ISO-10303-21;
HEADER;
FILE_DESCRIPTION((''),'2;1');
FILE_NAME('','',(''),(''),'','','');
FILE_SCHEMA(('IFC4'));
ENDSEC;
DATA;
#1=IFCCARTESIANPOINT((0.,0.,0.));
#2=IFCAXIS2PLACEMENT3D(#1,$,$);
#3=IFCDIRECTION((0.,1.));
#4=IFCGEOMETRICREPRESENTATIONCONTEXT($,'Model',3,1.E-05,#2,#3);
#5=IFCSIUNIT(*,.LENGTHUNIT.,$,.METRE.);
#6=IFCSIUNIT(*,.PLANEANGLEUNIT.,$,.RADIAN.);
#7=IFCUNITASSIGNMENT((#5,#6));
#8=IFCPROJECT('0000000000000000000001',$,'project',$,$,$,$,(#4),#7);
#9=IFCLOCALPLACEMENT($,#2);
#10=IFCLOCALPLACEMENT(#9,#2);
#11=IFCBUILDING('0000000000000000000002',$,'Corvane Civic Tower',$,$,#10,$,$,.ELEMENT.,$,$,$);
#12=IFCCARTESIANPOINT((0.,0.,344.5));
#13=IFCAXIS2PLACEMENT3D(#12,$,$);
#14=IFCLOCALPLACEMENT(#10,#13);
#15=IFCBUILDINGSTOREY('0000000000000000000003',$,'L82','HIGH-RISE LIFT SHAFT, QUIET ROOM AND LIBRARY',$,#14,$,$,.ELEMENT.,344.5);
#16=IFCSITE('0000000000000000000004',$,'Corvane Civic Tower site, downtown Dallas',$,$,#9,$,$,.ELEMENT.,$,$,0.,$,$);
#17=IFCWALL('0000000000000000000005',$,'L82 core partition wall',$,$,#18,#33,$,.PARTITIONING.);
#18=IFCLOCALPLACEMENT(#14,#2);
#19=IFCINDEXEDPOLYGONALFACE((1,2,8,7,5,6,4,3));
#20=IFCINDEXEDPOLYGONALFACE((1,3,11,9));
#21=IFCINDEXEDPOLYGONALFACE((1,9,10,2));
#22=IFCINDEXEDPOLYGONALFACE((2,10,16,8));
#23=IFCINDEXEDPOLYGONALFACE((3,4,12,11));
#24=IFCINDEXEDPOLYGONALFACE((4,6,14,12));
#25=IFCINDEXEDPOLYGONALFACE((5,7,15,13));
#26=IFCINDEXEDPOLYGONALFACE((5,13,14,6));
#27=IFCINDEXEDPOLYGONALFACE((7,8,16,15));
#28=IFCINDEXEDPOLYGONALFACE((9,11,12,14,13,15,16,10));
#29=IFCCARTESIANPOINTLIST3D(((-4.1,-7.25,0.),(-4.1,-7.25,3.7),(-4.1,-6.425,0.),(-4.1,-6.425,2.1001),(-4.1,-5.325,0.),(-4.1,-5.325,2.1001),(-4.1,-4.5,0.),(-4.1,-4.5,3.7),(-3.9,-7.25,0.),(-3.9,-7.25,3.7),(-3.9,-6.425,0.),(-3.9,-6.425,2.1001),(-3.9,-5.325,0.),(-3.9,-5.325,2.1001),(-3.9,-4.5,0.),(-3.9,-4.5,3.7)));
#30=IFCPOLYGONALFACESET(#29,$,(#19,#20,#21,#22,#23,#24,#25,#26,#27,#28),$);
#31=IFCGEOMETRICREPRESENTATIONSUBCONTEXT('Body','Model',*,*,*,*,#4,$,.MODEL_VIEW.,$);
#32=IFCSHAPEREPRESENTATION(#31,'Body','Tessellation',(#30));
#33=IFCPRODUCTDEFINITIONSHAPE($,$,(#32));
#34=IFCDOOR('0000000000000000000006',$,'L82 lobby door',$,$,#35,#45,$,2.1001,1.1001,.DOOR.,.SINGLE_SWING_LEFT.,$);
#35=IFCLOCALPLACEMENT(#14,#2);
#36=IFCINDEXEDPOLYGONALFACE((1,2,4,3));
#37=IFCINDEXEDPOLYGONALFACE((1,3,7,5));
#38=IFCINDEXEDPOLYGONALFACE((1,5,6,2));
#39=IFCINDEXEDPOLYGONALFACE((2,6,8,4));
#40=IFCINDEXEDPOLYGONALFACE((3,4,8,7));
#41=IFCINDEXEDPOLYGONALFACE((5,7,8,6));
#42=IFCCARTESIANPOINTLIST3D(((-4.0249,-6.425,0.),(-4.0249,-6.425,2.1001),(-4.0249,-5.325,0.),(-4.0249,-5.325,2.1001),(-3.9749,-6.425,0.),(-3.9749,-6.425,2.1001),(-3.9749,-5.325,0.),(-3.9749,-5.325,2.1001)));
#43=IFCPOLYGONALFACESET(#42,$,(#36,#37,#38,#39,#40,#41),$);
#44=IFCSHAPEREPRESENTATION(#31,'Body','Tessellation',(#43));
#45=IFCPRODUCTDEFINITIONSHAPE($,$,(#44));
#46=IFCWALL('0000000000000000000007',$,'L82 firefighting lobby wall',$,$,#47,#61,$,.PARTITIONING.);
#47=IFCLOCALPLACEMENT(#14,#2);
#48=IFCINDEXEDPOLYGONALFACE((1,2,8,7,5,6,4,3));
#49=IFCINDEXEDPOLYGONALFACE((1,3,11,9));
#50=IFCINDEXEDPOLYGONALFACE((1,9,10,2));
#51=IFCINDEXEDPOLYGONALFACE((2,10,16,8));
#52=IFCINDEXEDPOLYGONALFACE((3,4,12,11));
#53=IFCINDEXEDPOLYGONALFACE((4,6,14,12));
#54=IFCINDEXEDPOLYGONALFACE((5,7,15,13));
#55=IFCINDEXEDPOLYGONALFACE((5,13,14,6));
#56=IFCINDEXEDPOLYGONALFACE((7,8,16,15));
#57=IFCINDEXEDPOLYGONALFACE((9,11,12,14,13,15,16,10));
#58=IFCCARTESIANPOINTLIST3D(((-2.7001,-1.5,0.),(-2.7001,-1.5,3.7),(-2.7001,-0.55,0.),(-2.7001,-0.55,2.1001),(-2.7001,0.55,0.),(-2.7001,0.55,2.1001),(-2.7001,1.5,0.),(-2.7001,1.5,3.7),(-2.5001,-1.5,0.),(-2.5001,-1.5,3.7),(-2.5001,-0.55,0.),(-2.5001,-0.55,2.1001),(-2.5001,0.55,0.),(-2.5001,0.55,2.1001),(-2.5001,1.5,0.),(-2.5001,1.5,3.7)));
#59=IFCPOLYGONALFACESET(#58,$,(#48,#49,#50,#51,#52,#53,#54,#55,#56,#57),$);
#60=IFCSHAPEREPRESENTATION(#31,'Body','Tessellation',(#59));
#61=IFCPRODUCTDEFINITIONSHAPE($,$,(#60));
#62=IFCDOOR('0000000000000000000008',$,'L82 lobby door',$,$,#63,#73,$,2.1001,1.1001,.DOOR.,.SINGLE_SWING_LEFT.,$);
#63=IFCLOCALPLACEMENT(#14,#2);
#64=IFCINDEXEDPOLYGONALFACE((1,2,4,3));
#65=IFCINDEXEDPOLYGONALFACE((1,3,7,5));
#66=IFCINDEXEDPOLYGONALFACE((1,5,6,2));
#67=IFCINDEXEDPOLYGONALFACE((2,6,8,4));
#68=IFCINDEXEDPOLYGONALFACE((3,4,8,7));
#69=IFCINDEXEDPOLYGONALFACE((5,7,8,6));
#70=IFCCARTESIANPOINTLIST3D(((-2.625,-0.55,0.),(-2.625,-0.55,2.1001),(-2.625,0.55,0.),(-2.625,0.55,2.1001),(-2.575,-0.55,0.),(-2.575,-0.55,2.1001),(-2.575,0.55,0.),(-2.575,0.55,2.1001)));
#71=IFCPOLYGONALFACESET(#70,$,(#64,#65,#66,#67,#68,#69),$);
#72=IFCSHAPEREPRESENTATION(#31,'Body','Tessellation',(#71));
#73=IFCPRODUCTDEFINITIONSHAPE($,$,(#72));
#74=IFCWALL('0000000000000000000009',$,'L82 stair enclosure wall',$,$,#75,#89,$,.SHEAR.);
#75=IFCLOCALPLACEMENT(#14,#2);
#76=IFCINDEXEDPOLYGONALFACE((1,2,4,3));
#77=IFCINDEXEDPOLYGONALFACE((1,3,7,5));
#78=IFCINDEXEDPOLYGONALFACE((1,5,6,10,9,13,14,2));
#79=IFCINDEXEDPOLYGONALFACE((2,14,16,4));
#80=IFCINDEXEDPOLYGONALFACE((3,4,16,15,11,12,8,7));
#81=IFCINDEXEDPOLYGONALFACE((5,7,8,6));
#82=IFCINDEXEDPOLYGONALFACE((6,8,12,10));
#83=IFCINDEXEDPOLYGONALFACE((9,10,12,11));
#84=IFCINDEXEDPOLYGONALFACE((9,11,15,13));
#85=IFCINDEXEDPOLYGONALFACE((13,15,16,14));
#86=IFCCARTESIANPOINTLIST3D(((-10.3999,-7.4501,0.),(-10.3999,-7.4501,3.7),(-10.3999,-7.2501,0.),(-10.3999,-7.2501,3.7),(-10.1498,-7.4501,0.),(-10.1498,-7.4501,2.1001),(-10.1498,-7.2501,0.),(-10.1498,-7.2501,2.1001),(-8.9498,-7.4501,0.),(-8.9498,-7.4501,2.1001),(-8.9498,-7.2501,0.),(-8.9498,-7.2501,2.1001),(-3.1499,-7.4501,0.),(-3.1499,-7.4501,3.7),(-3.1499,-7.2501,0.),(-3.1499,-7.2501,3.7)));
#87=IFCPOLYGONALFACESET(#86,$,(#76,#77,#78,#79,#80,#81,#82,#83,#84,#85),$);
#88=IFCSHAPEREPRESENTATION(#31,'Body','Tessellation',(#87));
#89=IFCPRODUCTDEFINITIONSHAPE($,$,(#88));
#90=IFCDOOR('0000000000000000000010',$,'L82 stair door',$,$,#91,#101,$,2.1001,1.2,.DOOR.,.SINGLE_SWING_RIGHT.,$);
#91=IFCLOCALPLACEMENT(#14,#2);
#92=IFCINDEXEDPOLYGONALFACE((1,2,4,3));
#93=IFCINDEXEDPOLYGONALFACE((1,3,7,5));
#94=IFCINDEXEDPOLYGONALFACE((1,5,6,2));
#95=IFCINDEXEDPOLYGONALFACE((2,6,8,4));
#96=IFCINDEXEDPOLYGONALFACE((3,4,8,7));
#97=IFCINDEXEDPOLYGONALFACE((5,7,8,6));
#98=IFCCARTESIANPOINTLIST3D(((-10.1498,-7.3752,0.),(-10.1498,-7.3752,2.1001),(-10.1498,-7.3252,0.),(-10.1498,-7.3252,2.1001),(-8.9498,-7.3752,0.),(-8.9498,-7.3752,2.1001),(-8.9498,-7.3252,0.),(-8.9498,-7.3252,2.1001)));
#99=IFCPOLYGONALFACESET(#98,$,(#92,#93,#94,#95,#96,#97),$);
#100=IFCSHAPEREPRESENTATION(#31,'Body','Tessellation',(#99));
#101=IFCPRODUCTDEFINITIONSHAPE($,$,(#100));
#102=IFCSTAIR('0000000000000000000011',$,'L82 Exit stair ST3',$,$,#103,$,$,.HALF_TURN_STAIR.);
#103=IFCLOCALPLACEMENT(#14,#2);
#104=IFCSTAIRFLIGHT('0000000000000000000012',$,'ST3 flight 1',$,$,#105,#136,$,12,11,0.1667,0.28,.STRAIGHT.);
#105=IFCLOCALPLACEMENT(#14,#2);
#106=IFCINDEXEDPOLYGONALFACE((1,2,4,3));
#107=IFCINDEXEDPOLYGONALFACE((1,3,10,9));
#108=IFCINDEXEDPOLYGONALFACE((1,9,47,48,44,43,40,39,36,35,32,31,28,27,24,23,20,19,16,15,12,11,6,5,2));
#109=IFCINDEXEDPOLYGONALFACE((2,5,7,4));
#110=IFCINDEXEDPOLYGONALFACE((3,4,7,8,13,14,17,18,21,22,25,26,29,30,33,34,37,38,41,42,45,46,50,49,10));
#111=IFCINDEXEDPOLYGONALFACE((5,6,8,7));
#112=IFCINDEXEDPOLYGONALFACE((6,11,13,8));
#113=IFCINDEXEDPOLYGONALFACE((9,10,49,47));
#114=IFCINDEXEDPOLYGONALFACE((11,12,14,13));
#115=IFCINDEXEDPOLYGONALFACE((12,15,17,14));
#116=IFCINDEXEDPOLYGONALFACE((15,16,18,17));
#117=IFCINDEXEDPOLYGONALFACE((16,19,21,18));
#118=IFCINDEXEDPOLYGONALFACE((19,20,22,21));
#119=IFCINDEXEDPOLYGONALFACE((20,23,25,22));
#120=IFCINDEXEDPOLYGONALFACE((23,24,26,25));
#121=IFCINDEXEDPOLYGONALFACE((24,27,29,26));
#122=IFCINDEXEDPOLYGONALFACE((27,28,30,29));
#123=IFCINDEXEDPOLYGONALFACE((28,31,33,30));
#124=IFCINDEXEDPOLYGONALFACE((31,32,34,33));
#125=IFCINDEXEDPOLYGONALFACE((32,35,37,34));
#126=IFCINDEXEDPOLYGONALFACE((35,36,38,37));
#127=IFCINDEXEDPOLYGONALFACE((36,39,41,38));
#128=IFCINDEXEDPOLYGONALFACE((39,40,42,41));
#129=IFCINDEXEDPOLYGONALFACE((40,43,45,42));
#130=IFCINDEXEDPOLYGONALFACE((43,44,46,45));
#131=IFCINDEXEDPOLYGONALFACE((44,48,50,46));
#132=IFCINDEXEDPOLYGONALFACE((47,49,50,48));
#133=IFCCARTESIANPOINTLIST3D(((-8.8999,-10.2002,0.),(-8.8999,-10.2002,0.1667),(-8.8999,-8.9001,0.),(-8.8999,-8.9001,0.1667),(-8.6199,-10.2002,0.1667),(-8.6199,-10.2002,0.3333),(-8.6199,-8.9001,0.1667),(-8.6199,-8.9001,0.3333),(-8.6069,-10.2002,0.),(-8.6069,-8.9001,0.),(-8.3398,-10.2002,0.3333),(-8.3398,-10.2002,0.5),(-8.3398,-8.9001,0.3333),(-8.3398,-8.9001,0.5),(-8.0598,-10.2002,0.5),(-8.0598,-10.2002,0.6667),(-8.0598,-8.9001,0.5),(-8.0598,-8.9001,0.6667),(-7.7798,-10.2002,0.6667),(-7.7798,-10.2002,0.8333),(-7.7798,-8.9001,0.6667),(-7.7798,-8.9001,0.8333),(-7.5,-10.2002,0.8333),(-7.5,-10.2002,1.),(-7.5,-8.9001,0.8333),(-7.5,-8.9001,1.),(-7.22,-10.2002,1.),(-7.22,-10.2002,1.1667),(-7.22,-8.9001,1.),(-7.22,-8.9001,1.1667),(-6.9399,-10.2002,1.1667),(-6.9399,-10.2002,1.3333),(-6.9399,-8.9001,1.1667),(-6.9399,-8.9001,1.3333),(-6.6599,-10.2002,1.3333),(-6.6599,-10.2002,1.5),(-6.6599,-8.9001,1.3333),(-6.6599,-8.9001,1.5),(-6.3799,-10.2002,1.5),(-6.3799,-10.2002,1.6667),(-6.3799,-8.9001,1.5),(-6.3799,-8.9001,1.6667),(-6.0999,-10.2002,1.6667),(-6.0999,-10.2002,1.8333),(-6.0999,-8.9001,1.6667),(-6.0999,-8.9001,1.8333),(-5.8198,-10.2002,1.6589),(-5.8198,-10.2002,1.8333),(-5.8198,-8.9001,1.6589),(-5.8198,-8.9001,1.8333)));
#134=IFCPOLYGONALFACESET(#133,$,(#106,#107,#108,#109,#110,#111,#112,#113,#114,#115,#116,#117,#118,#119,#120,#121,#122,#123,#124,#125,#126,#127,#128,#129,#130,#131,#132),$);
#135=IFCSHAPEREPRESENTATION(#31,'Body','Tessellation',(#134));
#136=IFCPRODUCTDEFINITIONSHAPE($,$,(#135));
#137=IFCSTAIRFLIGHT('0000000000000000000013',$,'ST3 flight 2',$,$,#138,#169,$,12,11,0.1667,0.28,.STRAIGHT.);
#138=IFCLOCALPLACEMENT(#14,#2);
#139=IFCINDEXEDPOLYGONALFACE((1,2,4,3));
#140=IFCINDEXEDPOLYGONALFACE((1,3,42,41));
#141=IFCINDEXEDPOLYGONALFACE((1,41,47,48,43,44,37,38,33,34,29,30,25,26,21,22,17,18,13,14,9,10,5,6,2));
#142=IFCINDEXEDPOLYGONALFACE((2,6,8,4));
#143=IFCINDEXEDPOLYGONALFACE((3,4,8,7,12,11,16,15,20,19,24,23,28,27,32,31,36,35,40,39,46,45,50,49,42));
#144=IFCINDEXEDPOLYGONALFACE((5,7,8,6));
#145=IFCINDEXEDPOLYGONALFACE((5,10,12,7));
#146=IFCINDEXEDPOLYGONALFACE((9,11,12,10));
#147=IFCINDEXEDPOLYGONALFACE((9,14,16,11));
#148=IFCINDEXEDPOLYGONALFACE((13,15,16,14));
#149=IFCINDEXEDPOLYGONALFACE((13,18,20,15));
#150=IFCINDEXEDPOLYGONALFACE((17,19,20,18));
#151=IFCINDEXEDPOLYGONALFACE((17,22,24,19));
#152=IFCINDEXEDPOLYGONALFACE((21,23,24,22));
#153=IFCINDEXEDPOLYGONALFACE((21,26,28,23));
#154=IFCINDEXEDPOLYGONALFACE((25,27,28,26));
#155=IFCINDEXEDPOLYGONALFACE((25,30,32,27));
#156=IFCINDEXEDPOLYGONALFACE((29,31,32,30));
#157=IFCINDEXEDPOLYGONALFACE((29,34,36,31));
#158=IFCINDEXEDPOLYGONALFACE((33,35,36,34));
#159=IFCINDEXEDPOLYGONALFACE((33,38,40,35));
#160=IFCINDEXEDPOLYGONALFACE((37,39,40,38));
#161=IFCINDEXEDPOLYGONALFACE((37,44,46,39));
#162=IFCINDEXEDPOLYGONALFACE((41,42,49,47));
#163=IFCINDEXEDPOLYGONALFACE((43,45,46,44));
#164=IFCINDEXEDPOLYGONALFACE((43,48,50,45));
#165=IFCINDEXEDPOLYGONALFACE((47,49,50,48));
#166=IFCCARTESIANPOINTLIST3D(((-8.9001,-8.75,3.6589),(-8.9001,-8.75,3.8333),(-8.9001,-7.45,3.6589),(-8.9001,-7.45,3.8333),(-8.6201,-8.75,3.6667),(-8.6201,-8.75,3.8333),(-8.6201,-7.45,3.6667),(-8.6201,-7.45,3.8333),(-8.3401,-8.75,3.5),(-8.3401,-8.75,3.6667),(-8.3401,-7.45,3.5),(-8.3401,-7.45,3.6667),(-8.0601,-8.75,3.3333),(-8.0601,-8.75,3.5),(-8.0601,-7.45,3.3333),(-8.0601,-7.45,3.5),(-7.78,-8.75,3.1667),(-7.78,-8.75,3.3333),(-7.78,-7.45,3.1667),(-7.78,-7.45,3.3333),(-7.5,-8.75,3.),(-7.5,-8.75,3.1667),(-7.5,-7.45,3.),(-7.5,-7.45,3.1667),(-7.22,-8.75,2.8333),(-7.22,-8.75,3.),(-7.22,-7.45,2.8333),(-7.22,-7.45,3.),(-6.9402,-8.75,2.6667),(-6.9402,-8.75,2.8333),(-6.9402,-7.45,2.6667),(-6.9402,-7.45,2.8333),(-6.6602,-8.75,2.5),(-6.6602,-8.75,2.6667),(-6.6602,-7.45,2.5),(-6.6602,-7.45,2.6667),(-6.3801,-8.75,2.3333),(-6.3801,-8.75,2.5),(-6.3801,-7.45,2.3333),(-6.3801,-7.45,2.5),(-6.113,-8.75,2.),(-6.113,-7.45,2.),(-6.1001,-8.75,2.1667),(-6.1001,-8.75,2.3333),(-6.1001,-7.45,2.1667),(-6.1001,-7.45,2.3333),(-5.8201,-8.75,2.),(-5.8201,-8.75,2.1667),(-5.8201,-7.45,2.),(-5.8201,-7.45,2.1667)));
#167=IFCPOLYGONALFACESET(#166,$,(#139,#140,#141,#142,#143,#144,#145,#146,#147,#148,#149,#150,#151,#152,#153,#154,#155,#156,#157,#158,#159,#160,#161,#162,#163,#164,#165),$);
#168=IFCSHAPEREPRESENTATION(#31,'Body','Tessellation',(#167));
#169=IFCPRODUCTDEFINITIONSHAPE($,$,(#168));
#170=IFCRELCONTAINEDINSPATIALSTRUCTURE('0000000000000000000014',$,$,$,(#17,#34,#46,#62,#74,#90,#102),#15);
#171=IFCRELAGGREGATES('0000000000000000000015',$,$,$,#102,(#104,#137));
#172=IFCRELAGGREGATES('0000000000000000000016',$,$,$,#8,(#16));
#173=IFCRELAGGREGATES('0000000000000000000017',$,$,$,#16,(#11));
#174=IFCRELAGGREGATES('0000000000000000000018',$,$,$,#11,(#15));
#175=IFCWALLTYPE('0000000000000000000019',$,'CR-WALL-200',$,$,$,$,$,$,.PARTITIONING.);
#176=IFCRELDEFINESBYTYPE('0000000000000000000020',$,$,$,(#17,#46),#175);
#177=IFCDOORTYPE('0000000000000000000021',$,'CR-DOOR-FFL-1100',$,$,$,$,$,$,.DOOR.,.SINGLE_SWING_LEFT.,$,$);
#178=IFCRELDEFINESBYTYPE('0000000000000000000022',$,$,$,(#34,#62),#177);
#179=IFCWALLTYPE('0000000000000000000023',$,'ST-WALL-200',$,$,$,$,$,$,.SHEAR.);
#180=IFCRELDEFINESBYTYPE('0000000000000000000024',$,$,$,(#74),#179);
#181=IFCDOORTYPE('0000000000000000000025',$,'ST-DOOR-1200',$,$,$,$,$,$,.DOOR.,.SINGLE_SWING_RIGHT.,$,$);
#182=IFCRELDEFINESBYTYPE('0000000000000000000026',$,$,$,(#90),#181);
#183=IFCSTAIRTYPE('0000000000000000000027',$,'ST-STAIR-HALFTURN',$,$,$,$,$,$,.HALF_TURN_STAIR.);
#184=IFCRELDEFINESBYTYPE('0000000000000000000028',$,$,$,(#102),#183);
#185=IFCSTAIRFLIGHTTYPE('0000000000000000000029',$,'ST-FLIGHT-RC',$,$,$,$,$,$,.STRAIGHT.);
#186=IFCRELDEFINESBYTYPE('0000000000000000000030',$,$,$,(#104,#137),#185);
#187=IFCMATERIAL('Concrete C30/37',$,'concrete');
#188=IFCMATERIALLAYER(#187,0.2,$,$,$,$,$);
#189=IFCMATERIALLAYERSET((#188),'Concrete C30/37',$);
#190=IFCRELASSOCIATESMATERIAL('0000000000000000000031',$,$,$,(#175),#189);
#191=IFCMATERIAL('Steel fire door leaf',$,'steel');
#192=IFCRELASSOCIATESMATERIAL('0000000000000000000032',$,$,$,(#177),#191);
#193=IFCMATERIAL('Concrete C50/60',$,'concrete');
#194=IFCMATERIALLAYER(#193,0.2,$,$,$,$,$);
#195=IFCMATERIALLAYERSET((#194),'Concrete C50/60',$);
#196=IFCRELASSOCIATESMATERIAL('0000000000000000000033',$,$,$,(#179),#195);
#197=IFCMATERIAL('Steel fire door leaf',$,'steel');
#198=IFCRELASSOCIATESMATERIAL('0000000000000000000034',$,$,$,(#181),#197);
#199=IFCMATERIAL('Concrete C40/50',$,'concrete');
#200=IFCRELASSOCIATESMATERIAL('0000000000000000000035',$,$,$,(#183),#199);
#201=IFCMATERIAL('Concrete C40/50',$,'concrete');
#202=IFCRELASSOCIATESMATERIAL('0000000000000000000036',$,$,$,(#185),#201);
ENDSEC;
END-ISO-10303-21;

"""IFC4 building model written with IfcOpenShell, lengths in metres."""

from ifc_helpers import new_model, si_unit, direction, frame, frame_2d, origin, place, context, subcontext, project, spatial, polyline, rectangle, outline, extrude, material, layer, layer_set, type_object, element, fill, aggregate, save


model = new_model("IFC4")

# Units and contexts
model_context = context("Model", 3, precision=1e-05, world=origin(), true_north=direction((0.0, 1.0)))
body_context = subcontext(model_context, "Body", "Model", "MODEL_VIEW")
ifc_project = project(units=[si_unit("LENGTHUNIT", "METRE"), si_unit("PLANEANGLEUNIT", "RADIAN")], contexts=[model_context])

# Site, building, storey
site_placement = place(None, origin())
site = spatial("IfcSite", under=ifc_project, at=site_placement, Name="Corvane Civic Tower site, downtown Dallas", CompositionType="ELEMENT", RefElevation=0.0)
building_placement = place(site_placement, origin())
building = spatial("IfcBuilding", under=site, at=building_placement, Name="Corvane Civic Tower", CompositionType="ELEMENT")
storey_placement = place(building_placement, frame((0.0, 0.0, 344.5)))
storey = spatial("IfcBuildingStorey", under=building, at=storey_placement, Name="L82", Description="HIGH-RISE LIFT SHAFT, QUIET ROOM AND LIBRARY", CompositionType="ELEMENT", Elevation=344.5)

# Shared definitions
ifc_material_1 = material(Name="Concrete C30/37", Category="concrete")
ifc_layer_1 = layer(ifc_material_1, 0.2)
ifc_layer_set_1 = layer_set([ifc_layer_1], Name="Concrete C30/37")
wall_type_1 = type_object("IfcWallType", Name="CR-WALL-200", PredefinedType="PARTITIONING", material=ifc_layer_set_1)

# Walls, openings, doors
wall_1_placement = place(storey_placement, frame((-4.0, -7.25, 0.0), z_axis=(0.0, 0.0, 1.0), x_axis=(0.0, 1.0, 0.0)))
wall_1 = element("IfcWall", 1, at=wall_1_placement, inside=storey, type_object=wall_type_1, Name="L82 core partition wall", PredefinedType="PARTITIONING", context=body_context, shape_type="SweptSolid", body=[
    extrude(rectangle(XDim=2.75, YDim=0.2, at=frame_2d((1.375, 0.0))), origin(), (0.0, 0.0, 1.0), 3.7),
])
opening_1_placement = place(wall_1_placement, frame((0.825, 0.0, 0.0)))
opening_1 = element("IfcOpeningElement", 2, at=opening_1_placement, cuts=wall_1, PredefinedType="OPENING", context=body_context, shape_type="SweptSolid", body=[
    extrude(rectangle(XDim=1.1001, YDim=2.1001, at=frame_2d((0.55, 1.05))), frame((0.0, 0.1099, 0.0), z_axis=(0.0, -1.0, 0.0), x_axis=(1.0, 0.0, 0.0)), (0.0, 0.0, 1.0), 0.22),
])
ifc_material_2 = material(Name="Steel fire door leaf", Category="steel")
door_type_1 = type_object("IfcDoorType", Name="CR-DOOR-FFL-1100", OperationType="SINGLE_SWING_LEFT", PredefinedType="DOOR", material=ifc_material_2)
door_1_placement = place(opening_1_placement, origin())
door_1 = element("IfcDoor", 3, at=door_1_placement, inside=storey, type_object=door_type_1, Name="L82 lobby door", OperationType="SINGLE_SWING_LEFT", OverallHeight=2.1001, OverallWidth=1.1001, PredefinedType="DOOR", context=body_context, shape_type="SweptSolid", body=[
    extrude(rectangle(XDim=1.1001, YDim=2.1001, at=frame_2d((0.55, 1.05))), frame((0.0, 0.0249, 0.0), z_axis=(0.0, -1.0, 0.0), x_axis=(1.0, 0.0, 0.0)), (0.0, 0.0, 1.0), 0.05),
])
fill(opening_1, door_1)
wall_2_placement = place(storey_placement, frame((-2.6001, -1.5, 0.0), z_axis=(0.0, 0.0, 1.0), x_axis=(0.0, 1.0, 0.0)))
wall_2 = element("IfcWall", 4, at=wall_2_placement, inside=storey, type_object=wall_type_1, Name="L82 firefighting lobby wall", PredefinedType="PARTITIONING", context=body_context, shape_type="SweptSolid", body=[
    extrude(rectangle(XDim=3.0, YDim=0.2, at=frame_2d((1.5, 0.0))), origin(), (0.0, 0.0, 1.0), 3.7),
])
opening_2_placement = place(wall_2_placement, frame((0.95, 0.0, 0.0)))
opening_2 = element("IfcOpeningElement", 5, at=opening_2_placement, cuts=wall_2, PredefinedType="OPENING", context=body_context, shape_type="SweptSolid", body=[
    extrude(rectangle(XDim=1.1001, YDim=2.1001, at=frame_2d((0.55, 1.05))), frame((0.0, 0.1099, 0.0), z_axis=(0.0, -1.0, 0.0), x_axis=(1.0, 0.0, 0.0)), (0.0, 0.0, 1.0), 0.22),
])
door_2_placement = place(opening_2_placement, origin())
door_2 = element("IfcDoor", 6, at=door_2_placement, inside=storey, type_object=door_type_1, Name="L82 lobby door", OperationType="SINGLE_SWING_LEFT", OverallHeight=2.1001, OverallWidth=1.1001, PredefinedType="DOOR", context=body_context, shape_type="SweptSolid", body=[
    extrude(rectangle(XDim=1.1001, YDim=2.1001, at=frame_2d((0.55, 1.05))), frame((0.0, 0.0249, 0.0), z_axis=(0.0, -1.0, 0.0), x_axis=(1.0, 0.0, 0.0)), (0.0, 0.0, 1.0), 0.05),
])
fill(opening_2, door_2)
ifc_material_3 = material(Name="Concrete C50/60", Category="concrete")
ifc_layer_2 = layer(ifc_material_3, 0.2)
ifc_layer_set_2 = layer_set([ifc_layer_2], Name="Concrete C50/60")
wall_type_2 = type_object("IfcWallType", Name="ST-WALL-200", PredefinedType="SHEAR", material=ifc_layer_set_2)
wall_3_placement = place(storey_placement, frame((-10.3999, -7.3501, 0.0), z_axis=(0.0, 0.0, 1.0), x_axis=(1.0, 0.0, 0.0)))
wall_3 = element("IfcWall", 7, at=wall_3_placement, inside=storey, type_object=wall_type_2, Name="L82 stair enclosure wall", PredefinedType="SHEAR", context=body_context, shape_type="SweptSolid", body=[
    extrude(rectangle(XDim=7.25, YDim=0.2, at=frame_2d((3.625, 0.0))), origin(), (0.0, 0.0, 1.0), 3.7),
])
opening_3_placement = place(wall_3_placement, frame((0.25, 0.0, 0.0)))
opening_3 = element("IfcOpeningElement", 8, at=opening_3_placement, cuts=wall_3, PredefinedType="OPENING", context=body_context, shape_type="SweptSolid", body=[
    extrude(rectangle(XDim=1.2, YDim=2.1001, at=frame_2d((0.6001, 1.05))), frame((0.0, 0.1099, 0.0), z_axis=(0.0, -1.0, 0.0), x_axis=(1.0, 0.0, 0.0)), (0.0, 0.0, 1.0), 0.22),
])
ifc_material_4 = material(Name="Steel fire door leaf", Category="steel")
door_type_2 = type_object("IfcDoorType", Name="ST-DOOR-1200", OperationType="SINGLE_SWING_RIGHT", PredefinedType="DOOR", material=ifc_material_4)
door_3_placement = place(opening_3_placement, origin())
door_3 = element("IfcDoor", 9, at=door_3_placement, inside=storey, type_object=door_type_2, Name="L82 stair door", OperationType="SINGLE_SWING_RIGHT", OverallHeight=2.1001, OverallWidth=1.2, PredefinedType="DOOR", context=body_context, shape_type="SweptSolid", body=[
    extrude(rectangle(XDim=1.2, YDim=2.1001, at=frame_2d((0.6001, 1.05))), frame((0.0, 0.0249, 0.0), z_axis=(0.0, -1.0, 0.0), x_axis=(1.0, 0.0, 0.0)), (0.0, 0.0, 1.0), 0.05),
])
fill(opening_3, door_3)

# Stair, stair flights
ifc_material_5 = material(Name="Concrete C40/50", Category="concrete")
stair_type = type_object("IfcStairType", Name="ST-STAIR-HALFTURN", PredefinedType="HALF_TURN_STAIR", material=ifc_material_5)
stair_placement = place(storey_placement, origin())
stair = element("IfcStair", 10, at=stair_placement, inside=storey, type_object=stair_type, Name="L82 Exit stair ST3", PredefinedType="HALF_TURN_STAIR")
ifc_material_6 = material(Name="Concrete C40/50", Category="concrete")
stair_flight_type = type_object("IfcStairFlightType", Name="ST-FLIGHT-RC", PredefinedType="STRAIGHT", material=ifc_material_6)
stair_flight_1_placement = place(storey_placement, frame((-8.8999, -9.55, 0.0), z_axis=(0.0, 0.0, 1.0), x_axis=(1.0, 0.0, 0.0)))
stair_flight_1 = element("IfcStairFlight", 11, at=stair_flight_1_placement, type_object=stair_flight_type, Name="ST3 flight 1", NumberOfRisers=12, NumberOfTreads=11, PredefinedType="STRAIGHT", RiserHeight=0.1667, TreadLength=0.28, context=body_context, shape_type="SweptSolid", body=[
    extrude(outline(polyline([(0.0, 0.0), (0.0, 0.1667), (0.28, 0.1667), (0.28, 0.3333), (0.5601, 0.3333), (0.5601, 0.5), (0.8401, 0.5), (0.8401, 0.6667), (1.1201, 0.6667), (1.1201, 0.8333), (1.3999, 0.8333), (1.3999, 1.0), (1.6799, 1.0), (1.6799, 1.1667), (1.96, 1.1667), (1.96, 1.3333), (2.24, 1.3333), (2.24, 1.5), (2.52, 1.5), (2.52, 1.6667), (2.8, 1.6667), (2.8, 1.8333), (3.0801, 1.8333), (3.0801, 2.0), (3.0801, 1.6589), (0.293, 0.0), (0.0, 0.0)])), frame((0.0, 0.6499, 0.0), z_axis=(0.0, -1.0, 0.0), x_axis=(1.0, 0.0, 0.0)), (0.0, 0.0, 1.0), 1.3),
])
stair_flight_2_placement = place(storey_placement, frame((-5.8201, -8.1001, 2.0), z_axis=(0.0, 0.0, 1.0), x_axis=(-1.0, 0.0, 0.0)))
stair_flight_2 = element("IfcStairFlight", 12, at=stair_flight_2_placement, type_object=stair_flight_type, Name="ST3 flight 2", NumberOfRisers=12, NumberOfTreads=11, PredefinedType="STRAIGHT", RiserHeight=0.1667, TreadLength=0.28, context=body_context, shape_type="SweptSolid", body=[
    extrude(outline(polyline([(0.0, 0.0), (0.0, 0.1667), (0.28, 0.1667), (0.28, 0.3333), (0.5601, 0.3333), (0.5601, 0.5), (0.8401, 0.5), (0.8401, 0.6667), (1.1201, 0.6667), (1.1201, 0.8333), (1.3999, 0.8333), (1.3999, 1.0), (1.6799, 1.0), (1.6799, 1.1667), (1.96, 1.1667), (1.96, 1.3333), (2.24, 1.3333), (2.24, 1.5), (2.52, 1.5), (2.52, 1.6667), (2.8, 1.6667), (2.8, 1.8333), (3.0801, 1.8333), (3.0801, 2.0), (3.0801, 1.6589), (0.293, 0.0), (0.0, 0.0)])), frame((0.0, 0.6499, 0.0), z_axis=(0.0, -1.0, 0.0), x_axis=(1.0, 0.0, 0.0)), (0.0, 0.0, 1.0), 1.3),
])
aggregate(stair, [stair_flight_1, stair_flight_2])

save(model, "model.ifc")
